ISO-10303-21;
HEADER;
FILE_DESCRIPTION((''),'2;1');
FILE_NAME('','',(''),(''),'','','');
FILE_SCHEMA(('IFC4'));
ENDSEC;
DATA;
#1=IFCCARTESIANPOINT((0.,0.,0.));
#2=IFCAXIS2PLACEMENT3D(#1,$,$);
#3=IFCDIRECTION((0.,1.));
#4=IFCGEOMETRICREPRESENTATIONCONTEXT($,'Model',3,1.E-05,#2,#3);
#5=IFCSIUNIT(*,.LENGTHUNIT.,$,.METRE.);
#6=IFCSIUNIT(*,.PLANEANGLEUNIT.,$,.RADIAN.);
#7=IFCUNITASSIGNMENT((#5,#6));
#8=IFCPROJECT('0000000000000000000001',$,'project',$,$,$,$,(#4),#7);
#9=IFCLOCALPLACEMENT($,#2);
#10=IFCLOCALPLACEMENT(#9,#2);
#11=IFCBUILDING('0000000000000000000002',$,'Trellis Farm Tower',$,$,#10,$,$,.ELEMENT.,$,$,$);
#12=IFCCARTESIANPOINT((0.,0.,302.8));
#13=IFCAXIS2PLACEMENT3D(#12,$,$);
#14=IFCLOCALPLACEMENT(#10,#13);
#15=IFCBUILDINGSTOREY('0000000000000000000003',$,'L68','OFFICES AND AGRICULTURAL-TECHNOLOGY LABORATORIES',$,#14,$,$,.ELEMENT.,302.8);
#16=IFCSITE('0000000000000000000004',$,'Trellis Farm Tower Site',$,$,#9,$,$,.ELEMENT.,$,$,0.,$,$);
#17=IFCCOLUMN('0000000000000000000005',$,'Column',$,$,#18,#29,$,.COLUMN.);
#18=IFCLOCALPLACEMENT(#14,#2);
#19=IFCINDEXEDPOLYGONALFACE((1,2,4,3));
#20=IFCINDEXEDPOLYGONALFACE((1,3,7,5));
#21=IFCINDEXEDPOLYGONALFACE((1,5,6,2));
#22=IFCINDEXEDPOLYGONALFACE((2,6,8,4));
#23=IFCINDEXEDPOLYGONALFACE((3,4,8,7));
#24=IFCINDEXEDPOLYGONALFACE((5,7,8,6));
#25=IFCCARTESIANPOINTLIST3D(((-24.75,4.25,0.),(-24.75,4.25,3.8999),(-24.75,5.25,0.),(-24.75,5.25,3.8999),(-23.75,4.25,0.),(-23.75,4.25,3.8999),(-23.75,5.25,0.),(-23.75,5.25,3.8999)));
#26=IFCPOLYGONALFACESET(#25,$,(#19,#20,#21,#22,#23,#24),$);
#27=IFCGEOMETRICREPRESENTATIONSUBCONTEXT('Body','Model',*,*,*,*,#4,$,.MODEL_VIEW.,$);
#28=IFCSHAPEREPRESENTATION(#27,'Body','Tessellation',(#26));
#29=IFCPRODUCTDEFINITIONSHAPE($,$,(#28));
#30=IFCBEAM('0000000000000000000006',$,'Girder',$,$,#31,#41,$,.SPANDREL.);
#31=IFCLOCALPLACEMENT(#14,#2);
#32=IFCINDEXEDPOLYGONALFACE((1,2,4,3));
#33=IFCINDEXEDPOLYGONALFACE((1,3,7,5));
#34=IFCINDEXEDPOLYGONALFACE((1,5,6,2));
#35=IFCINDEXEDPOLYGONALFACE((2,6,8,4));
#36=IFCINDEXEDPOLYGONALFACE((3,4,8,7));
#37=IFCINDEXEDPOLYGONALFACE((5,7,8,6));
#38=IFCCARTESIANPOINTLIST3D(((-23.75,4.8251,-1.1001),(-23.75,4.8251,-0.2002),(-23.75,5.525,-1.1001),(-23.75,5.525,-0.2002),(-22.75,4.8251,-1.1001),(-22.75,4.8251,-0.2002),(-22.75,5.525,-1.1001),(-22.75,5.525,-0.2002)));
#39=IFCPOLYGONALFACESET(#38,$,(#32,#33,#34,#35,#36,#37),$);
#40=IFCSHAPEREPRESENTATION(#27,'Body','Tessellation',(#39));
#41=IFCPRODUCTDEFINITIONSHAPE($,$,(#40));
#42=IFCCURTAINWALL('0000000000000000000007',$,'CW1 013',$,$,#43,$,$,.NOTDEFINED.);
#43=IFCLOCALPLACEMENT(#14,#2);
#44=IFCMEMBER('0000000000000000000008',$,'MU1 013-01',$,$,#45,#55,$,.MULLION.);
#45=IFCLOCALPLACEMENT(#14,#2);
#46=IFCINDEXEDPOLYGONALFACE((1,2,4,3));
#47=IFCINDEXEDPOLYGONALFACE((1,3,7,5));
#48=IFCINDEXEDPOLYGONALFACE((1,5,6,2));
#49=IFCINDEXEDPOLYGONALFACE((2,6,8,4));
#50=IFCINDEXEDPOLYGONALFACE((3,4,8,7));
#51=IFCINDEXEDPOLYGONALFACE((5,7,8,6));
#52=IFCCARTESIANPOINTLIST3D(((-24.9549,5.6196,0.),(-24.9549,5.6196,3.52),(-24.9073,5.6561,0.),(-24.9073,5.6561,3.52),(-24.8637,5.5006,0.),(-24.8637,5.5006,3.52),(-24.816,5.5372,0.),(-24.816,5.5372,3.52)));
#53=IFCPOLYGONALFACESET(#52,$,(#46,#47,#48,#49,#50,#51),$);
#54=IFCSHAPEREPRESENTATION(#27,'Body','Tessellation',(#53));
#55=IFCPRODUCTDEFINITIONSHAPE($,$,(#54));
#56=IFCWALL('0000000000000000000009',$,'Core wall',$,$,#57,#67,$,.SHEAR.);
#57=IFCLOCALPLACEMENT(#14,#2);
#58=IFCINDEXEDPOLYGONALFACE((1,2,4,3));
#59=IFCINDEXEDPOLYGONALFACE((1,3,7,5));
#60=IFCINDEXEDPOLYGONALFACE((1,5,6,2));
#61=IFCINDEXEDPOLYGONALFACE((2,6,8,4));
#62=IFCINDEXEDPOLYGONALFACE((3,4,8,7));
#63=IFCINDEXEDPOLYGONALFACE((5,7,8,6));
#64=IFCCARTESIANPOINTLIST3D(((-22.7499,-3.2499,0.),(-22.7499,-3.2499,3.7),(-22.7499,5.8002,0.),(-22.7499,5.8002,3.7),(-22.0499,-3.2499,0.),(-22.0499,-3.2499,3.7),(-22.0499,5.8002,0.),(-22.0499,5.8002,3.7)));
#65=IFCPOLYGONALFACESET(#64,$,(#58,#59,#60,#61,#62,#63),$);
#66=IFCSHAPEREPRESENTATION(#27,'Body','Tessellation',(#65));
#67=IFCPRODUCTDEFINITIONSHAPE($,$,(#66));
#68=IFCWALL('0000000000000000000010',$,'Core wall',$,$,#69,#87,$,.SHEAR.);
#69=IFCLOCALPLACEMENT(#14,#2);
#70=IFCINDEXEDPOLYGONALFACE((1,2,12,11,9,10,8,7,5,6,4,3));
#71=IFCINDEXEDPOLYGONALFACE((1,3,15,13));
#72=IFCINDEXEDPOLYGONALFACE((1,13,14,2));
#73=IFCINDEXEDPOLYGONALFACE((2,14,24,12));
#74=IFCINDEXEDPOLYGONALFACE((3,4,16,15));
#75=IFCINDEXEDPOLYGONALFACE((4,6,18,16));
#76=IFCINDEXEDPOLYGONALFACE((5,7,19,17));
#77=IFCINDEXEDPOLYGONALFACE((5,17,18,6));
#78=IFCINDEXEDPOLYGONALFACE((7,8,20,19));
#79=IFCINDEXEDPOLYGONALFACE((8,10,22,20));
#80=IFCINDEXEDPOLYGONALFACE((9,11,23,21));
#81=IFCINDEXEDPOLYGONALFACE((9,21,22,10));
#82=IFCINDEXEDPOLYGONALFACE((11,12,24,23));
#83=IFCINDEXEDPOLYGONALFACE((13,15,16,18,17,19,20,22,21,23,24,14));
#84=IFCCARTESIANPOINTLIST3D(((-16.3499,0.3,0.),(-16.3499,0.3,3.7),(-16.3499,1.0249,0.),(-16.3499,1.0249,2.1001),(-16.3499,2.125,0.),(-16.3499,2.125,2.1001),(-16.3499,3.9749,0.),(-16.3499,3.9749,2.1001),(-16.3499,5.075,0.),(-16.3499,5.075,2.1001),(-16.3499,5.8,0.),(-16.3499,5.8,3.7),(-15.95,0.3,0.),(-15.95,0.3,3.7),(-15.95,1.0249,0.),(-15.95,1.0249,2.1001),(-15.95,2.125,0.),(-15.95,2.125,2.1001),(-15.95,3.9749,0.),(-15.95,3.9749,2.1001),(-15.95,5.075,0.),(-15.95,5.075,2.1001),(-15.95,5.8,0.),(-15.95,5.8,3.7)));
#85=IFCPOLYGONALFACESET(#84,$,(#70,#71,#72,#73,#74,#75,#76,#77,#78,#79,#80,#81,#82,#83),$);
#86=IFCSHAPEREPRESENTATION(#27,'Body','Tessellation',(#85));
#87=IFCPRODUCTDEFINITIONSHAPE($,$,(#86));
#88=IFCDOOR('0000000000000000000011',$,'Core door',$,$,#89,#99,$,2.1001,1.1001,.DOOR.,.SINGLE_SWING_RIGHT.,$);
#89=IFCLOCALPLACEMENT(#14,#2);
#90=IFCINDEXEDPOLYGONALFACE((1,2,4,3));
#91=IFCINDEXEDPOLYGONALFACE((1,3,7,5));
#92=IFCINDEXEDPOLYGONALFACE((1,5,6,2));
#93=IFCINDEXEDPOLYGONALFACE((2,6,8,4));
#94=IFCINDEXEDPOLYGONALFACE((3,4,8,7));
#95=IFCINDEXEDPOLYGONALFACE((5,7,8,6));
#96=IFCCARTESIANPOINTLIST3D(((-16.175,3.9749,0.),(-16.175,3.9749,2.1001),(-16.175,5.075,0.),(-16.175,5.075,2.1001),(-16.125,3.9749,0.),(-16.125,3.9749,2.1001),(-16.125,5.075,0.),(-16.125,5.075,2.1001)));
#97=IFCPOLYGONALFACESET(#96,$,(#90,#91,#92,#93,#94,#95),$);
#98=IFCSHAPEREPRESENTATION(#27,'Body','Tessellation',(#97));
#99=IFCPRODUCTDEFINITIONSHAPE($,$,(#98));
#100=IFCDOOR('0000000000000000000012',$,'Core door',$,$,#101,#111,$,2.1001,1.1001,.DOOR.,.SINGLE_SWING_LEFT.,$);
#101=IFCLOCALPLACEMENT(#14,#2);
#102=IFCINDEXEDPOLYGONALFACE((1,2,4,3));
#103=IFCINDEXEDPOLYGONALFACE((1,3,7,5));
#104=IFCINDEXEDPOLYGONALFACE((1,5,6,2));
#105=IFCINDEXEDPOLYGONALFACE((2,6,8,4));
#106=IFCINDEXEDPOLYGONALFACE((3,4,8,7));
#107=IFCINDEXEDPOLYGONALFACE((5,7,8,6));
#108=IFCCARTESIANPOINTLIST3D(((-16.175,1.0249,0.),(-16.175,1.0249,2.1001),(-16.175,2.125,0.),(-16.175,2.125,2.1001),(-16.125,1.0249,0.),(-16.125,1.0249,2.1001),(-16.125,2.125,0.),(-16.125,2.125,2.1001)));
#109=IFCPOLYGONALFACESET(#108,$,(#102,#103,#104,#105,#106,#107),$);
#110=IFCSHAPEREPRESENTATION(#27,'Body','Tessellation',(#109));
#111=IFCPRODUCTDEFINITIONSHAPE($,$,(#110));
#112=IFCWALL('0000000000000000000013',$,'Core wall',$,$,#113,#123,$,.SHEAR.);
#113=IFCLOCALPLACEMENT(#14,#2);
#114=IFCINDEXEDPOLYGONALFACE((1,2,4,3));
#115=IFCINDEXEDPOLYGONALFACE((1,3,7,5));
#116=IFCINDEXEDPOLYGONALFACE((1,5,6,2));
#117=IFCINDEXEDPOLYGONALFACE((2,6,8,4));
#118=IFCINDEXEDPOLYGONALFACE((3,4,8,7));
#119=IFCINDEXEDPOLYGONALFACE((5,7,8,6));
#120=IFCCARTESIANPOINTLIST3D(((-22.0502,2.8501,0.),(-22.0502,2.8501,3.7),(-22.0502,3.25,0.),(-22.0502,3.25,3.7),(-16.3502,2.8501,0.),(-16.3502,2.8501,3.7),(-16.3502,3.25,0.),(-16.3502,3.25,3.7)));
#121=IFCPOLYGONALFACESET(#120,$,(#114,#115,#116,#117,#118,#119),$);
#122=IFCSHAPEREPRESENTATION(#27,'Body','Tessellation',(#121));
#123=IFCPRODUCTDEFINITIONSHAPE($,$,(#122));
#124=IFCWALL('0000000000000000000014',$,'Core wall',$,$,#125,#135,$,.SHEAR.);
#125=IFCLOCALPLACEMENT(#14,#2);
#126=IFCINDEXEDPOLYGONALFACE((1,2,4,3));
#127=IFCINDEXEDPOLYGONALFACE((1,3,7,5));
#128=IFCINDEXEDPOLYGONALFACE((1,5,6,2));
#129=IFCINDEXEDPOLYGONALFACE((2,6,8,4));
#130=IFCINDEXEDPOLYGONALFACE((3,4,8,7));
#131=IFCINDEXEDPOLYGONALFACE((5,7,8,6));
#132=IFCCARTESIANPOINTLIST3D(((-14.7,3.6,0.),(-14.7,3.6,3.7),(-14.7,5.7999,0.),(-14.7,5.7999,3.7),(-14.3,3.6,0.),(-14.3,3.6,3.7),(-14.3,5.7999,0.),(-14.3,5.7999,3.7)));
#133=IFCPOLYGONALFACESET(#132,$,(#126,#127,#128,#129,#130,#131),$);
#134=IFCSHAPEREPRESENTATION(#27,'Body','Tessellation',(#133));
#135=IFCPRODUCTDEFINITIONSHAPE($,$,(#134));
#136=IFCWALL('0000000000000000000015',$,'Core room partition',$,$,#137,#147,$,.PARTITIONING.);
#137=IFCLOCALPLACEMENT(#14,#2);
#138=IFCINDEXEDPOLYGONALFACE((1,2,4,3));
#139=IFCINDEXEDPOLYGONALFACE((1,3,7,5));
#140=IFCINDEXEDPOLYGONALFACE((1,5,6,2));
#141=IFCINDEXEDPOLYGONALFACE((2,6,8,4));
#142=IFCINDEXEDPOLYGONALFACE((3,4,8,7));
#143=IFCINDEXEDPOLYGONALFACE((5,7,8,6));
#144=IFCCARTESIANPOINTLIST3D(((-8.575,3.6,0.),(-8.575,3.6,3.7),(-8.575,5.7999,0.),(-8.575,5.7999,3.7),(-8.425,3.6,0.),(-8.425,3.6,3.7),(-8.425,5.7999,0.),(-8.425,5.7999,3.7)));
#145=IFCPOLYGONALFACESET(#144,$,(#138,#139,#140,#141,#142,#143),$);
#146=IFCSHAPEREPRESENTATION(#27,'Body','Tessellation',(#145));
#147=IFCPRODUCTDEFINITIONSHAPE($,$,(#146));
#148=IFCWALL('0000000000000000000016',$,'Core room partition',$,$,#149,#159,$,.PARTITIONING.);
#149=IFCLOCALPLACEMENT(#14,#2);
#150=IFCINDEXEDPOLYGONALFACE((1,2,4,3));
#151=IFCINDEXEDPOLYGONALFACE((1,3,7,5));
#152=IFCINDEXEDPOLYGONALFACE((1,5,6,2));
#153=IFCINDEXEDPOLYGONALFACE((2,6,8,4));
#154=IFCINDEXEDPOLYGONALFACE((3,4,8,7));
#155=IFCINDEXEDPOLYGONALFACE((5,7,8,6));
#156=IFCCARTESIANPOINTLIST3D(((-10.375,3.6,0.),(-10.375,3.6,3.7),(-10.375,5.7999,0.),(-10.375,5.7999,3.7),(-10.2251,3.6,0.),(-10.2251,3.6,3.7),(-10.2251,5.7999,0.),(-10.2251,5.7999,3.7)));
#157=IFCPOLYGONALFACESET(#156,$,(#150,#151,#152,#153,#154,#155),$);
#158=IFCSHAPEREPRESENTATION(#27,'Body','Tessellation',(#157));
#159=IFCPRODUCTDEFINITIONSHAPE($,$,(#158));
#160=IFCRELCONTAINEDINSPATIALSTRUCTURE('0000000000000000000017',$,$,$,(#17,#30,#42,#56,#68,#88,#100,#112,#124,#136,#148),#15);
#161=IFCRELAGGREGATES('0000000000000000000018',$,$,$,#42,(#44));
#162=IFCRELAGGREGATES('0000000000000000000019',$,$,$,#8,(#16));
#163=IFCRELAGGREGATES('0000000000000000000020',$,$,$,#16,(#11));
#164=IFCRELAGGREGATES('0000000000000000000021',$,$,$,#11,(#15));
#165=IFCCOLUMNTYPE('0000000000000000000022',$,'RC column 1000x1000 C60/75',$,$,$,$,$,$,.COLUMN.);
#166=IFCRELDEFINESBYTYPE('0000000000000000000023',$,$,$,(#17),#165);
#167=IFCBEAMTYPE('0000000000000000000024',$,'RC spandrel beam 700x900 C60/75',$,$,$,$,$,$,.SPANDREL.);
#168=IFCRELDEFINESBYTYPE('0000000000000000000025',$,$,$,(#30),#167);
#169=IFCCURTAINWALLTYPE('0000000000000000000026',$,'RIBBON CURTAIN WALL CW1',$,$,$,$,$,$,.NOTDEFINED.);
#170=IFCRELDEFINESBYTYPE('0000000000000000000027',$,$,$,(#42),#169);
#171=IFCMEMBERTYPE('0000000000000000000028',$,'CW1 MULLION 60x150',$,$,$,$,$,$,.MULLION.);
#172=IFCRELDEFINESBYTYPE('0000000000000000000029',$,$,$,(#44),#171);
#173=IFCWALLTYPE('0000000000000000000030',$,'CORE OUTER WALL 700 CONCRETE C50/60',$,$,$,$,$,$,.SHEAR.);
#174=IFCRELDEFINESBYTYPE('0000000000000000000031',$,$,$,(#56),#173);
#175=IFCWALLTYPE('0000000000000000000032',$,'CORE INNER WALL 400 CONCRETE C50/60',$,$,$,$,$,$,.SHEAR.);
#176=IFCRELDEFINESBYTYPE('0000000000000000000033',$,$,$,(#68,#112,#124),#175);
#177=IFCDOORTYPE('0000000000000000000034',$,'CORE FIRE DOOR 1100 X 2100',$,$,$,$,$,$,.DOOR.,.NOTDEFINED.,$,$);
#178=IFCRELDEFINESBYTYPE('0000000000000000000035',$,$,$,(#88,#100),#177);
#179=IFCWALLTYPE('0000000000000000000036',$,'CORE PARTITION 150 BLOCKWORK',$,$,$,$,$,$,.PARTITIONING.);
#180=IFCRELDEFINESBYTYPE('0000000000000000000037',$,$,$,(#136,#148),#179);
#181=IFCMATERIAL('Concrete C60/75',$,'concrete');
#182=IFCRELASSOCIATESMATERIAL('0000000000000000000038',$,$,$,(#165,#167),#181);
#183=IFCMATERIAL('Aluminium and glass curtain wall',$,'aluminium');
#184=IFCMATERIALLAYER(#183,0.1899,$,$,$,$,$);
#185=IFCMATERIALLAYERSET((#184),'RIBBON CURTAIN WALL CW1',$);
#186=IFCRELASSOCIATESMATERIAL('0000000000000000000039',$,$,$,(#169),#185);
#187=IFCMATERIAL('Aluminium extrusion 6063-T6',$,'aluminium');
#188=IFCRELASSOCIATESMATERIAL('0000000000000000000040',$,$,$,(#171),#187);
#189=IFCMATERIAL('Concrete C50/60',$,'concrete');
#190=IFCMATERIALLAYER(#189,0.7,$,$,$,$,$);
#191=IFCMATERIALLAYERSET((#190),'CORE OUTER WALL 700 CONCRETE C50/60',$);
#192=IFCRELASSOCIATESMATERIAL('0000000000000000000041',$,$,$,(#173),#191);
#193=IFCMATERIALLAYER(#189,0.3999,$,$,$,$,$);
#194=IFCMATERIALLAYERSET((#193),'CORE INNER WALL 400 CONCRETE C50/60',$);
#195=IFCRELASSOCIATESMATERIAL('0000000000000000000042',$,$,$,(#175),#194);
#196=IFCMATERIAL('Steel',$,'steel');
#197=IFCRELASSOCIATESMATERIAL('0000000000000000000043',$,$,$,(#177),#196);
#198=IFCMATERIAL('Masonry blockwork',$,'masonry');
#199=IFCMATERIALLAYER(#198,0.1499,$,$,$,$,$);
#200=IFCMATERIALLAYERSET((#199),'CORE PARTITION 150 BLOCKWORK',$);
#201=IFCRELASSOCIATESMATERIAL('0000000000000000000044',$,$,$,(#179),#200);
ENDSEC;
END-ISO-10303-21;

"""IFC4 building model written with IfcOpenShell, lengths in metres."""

from ifc_helpers import new_model, si_unit, direction, frame, frame_2d, origin, origin_2d, place, context, subcontext, project, spatial, rectangle, extrude, source, transform, mapped, material, layer, layer_set, material_profile, profile_set, type_object, element, fill, aggregate, save


model = new_model("IFC4")

# Units and contexts
model_context = context("Model", 3, precision=1e-05, world=origin(), true_north=direction((0.0, 1.0)))
body_context = subcontext(model_context, "Body", "Model", "MODEL_VIEW")
ifc_project = project(units=[si_unit("LENGTHUNIT", "METRE"), si_unit("PLANEANGLEUNIT", "RADIAN")], contexts=[model_context])

# Site, building, storey
site_placement = place(None, origin())
site = spatial("IfcSite", under=ifc_project, at=site_placement, Name="Trellis Farm Tower Site", CompositionType="ELEMENT", RefElevation=0.0)
building_placement = place(site_placement, origin())
building = spatial("IfcBuilding", under=site, at=building_placement, Name="Trellis Farm Tower", CompositionType="ELEMENT")
storey_placement = place(building_placement, frame((0.0, 0.0, 302.8)))
storey = spatial("IfcBuildingStorey", under=building, at=storey_placement, Name="L68", Description="OFFICES AND AGRICULTURAL-TECHNOLOGY LABORATORIES", CompositionType="ELEMENT", Elevation=302.8)

# Column
ifc_material_1 = material(Name="Concrete C60/75", Category="concrete")
ifc_material_profile_1 = material_profile(ifc_material_1, rectangle(XDim=1.0, YDim=1.0, at=origin_2d()), Name="RC column 1000x1000 C60/75")
ifc_profile_set_1 = profile_set([ifc_material_profile_1], Name="Concrete C60/75")
column_type = type_object("IfcColumnType", Name="RC column 1000x1000 C60/75", PredefinedType="COLUMN", material=ifc_profile_set_1)
shared_shape_1 = source(origin(), body_context, "Body", "SweptSolid", [
    extrude(rectangle(XDim=1.0, YDim=1.0, at=origin_2d()), origin(), (0.0, 0.0, 1.0), 3.8999),
])
column_placement = place(storey_placement, frame((-24.25, 4.75, 0.0), z_axis=(0.0, 0.0, 1.0), x_axis=(1.0, 0.0, 0.0)))
element("IfcColumn", 1, at=column_placement, inside=storey, type_object=column_type, Name="Column", PredefinedType="COLUMN", context=body_context, shape_type="MappedRepresentation", body=[
    mapped(shared_shape_1, transform((0.0, 0.0, 0.0))),
])

# Beam
ifc_material_profile_2 = material_profile(ifc_material_1, rectangle(XDim=0.7, YDim=0.8999, at=origin_2d()), Name="RC spandrel beam 700x900 C60/75")
ifc_profile_set_2 = profile_set([ifc_material_profile_2], Name="Concrete C60/75")
beam_type = type_object("IfcBeamType", Name="RC spandrel beam 700x900 C60/75", PredefinedType="SPANDREL", material=ifc_profile_set_2)
shared_shape_2 = source(origin(), body_context, "Body", "SweptSolid", [
    extrude(rectangle(XDim=0.7, YDim=0.8999, at=origin_2d()), origin(), (0.0, 0.0, 1.0), 1.0),
])
beam_placement = place(storey_placement, frame((-23.75, 5.175, -0.6501), z_axis=(1.0, 0.0, 0.0), x_axis=(0.0, 1.0, 0.0)))
element("IfcBeam", 2, at=beam_placement, inside=storey, type_object=beam_type, Name="Girder", PredefinedType="SPANDREL", context=body_context, shape_type="MappedRepresentation", body=[
    mapped(shared_shape_2, transform((0.0, 0.0, 0.0))),
])

# Curtain wall, member
ifc_material_2 = material(Name="Aluminium and glass curtain wall", Category="aluminium")
ifc_layer_1 = layer(ifc_material_2, 0.1899)
ifc_layer_set_1 = layer_set([ifc_layer_1], Name="RIBBON CURTAIN WALL CW1")
curtain_wall_type = type_object("IfcCurtainWallType", Name="RIBBON CURTAIN WALL CW1", PredefinedType="NOTDEFINED", material=ifc_layer_set_1)
placement = place(storey_placement, origin())
curtain_wall = element("IfcCurtainWall", 3, at=placement, inside=storey, type_object=curtain_wall_type, Name="CW1 013", PredefinedType="NOTDEFINED")
ifc_material_3 = material(Name="Aluminium extrusion 6063-T6", Category="aluminium")
ifc_material_profile_3 = material_profile(ifc_material_3, rectangle(XDim=0.0601, YDim=0.1499, at=origin_2d()), Name="MULLION 60x150")
ifc_profile_set_3 = profile_set([ifc_material_profile_3], Name="Aluminium extrusion 6063-T6")
member_type = type_object("IfcMemberType", Name="CW1 MULLION 60x150", PredefinedType="MULLION", material=ifc_profile_set_3)
shared_shape_3 = source(origin(), body_context, "Body", "SweptSolid", [
    extrude(rectangle(XDim=0.0601, YDim=0.1499, at=origin_2d()), origin(), (0.0, 0.0, 1.0), 3.52),
])
member_placement = place(storey_placement, frame((-24.8855, 5.5784, 0.0), z_axis=(0.0, 0.0, 1.0), x_axis=(-0.793353, -0.608761, 0.0)))
member = element("IfcMember", 4, at=member_placement, type_object=member_type, Name="MU1 013-01", PredefinedType="MULLION", context=body_context, shape_type="MappedRepresentation", body=[
    mapped(shared_shape_3, transform((0.0, 0.0, 0.0))),
])
aggregate(curtain_wall, [member])

# Wall
ifc_material_4 = material(Name="Concrete C50/60", Category="concrete")
ifc_layer_2 = layer(ifc_material_4, 0.7)
ifc_layer_set_2 = layer_set([ifc_layer_2], Name="CORE OUTER WALL 700 CONCRETE C50/60")
wall_type_1 = type_object("IfcWallType", Name="CORE OUTER WALL 700 CONCRETE C50/60", PredefinedType="SHEAR", material=ifc_layer_set_2)
shared_shape_4 = source(origin(), body_context, "Body", "SweptSolid", [
    extrude(rectangle(XDim=9.05, YDim=0.7, at=frame_2d((4.5249, 0.0))), origin(), (0.0, 0.0, 1.0), 3.7),
])
wall_1_placement = place(storey_placement, frame((-22.3999, 5.8, 0.0), z_axis=(0.0, 0.0, 1.0), x_axis=(0.0, -1.0, 0.0)))
element("IfcWall", 5, at=wall_1_placement, inside=storey, type_object=wall_type_1, Name="Core wall", PredefinedType="SHEAR", context=body_context, shape_type="MappedRepresentation", body=[
    mapped(shared_shape_4, transform((0.0, 0.0, 0.0))),
])

# Wall, openings, doors
ifc_layer_3 = layer(ifc_material_4, 0.3999)
ifc_layer_set_3 = layer_set([ifc_layer_3], Name="CORE INNER WALL 400 CONCRETE C50/60")
wall_type_2 = type_object("IfcWallType", Name="CORE INNER WALL 400 CONCRETE C50/60", PredefinedType="SHEAR", material=ifc_layer_set_3)
shared_shape_5 = source(origin(), body_context, "Body", "SweptSolid", [
    extrude(rectangle(XDim=5.5, YDim=0.3999, at=frame_2d((2.75, 0.0))), origin(), (0.0, 0.0, 1.0), 3.7),
])
wall_2_placement = place(storey_placement, frame((-16.1499, 5.8, 0.0), z_axis=(0.0, 0.0, 1.0), x_axis=(0.0, -1.0, 0.0)))
wall_2 = element("IfcWall", 6, at=wall_2_placement, inside=storey, type_object=wall_type_2, Name="Core wall", PredefinedType="SHEAR", context=body_context, shape_type="MappedRepresentation", body=[
    mapped(shared_shape_5, transform((0.0, 0.0, 0.0))),
])
shared_shape_6 = source(origin(), body_context, "Body", "SweptSolid", [
    extrude(rectangle(XDim=1.1001, YDim=2.1001, at=frame_2d((0.55, 1.05))), frame((0.0, 0.21, 0.0), z_axis=(0.0, -1.0, 0.0), x_axis=(1.0, 0.0, 0.0)), (0.0, 0.0, 1.0), 0.4199),
])
opening_1_placement = place(wall_2_placement, frame((0.7251, 0.0, 0.0)))
opening_1 = element("IfcOpeningElement", 7, at=opening_1_placement, cuts=wall_2, PredefinedType="OPENING", context=body_context, shape_type="MappedRepresentation", body=[
    mapped(shared_shape_6, transform((0.0, 0.0, 0.0))),
])
opening_2_placement = place(wall_2_placement, frame((3.675, 0.0, 0.0)))
opening_2 = element("IfcOpeningElement", 8, at=opening_2_placement, cuts=wall_2, PredefinedType="OPENING", context=body_context, shape_type="MappedRepresentation", body=[
    mapped(shared_shape_6, transform((0.0, 0.0, 0.0))),
])
ifc_material_5 = material(Name="Steel", Category="steel")
door_type = type_object("IfcDoorType", Name="CORE FIRE DOOR 1100 X 2100", OperationType="NOTDEFINED", PredefinedType="DOOR", material=ifc_material_5)
shared_shape_7 = source(origin(), body_context, "Body", "SweptSolid", [
    extrude(rectangle(XDim=1.1001, YDim=2.1001, at=frame_2d((0.55, 1.05))), frame((0.0, 0.0249, 0.0), z_axis=(0.0, -1.0, 0.0), x_axis=(1.0, 0.0, 0.0)), (0.0, 0.0, 1.0), 0.05),
])
door_1_placement = place(opening_1_placement, origin())
door_1 = element("IfcDoor", 9, at=door_1_placement, inside=storey, type_object=door_type, Name="Core door", OperationType="SINGLE_SWING_RIGHT", OverallHeight=2.1001, OverallWidth=1.1001, PredefinedType="DOOR", context=body_context, shape_type="MappedRepresentation", body=[
    mapped(shared_shape_7, transform((0.0, 0.0, 0.0))),
])
fill(opening_1, door_1)
door_2_placement = place(opening_2_placement, origin())
door_2 = element("IfcDoor", 10, at=door_2_placement, inside=storey, type_object=door_type, Name="Core door", OperationType="SINGLE_SWING_LEFT", OverallHeight=2.1001, OverallWidth=1.1001, PredefinedType="DOOR", context=body_context, shape_type="MappedRepresentation", body=[
    mapped(shared_shape_7, transform((0.0, 0.0, 0.0))),
])
fill(opening_2, door_2)

# Walls
shared_shape_8 = source(origin(), body_context, "Body", "SweptSolid", [
    extrude(rectangle(XDim=5.7, YDim=0.3999, at=frame_2d((2.8501, 0.0))), origin(), (0.0, 0.0, 1.0), 3.7),
])
wall_3_placement = place(storey_placement, frame((-16.3501, 3.05, 0.0), z_axis=(0.0, 0.0, 1.0), x_axis=(-1.0, 0.0, 0.0)))
element("IfcWall", 11, at=wall_3_placement, inside=storey, type_object=wall_type_2, Name="Core wall", PredefinedType="SHEAR", context=body_context, shape_type="MappedRepresentation", body=[
    mapped(shared_shape_8, transform((0.0, 0.0, 0.0))),
])
shared_shape_9 = source(origin(), body_context, "Body", "SweptSolid", [
    extrude(rectangle(XDim=2.2, YDim=0.3999, at=frame_2d((1.1001, 0.0))), origin(), (0.0, 0.0, 1.0), 3.7),
])
wall_4_placement = place(storey_placement, frame((-14.5, 5.8, 0.0), z_axis=(0.0, 0.0, 1.0), x_axis=(0.0, -1.0, 0.0)))
element("IfcWall", 12, at=wall_4_placement, inside=storey, type_object=wall_type_2, Name="Core wall", PredefinedType="SHEAR", context=body_context, shape_type="MappedRepresentation", body=[
    mapped(shared_shape_9, transform((0.0, 0.0, 0.0))),
])
ifc_material_6 = material(Name="Masonry blockwork", Category="masonry")
ifc_layer_4 = layer(ifc_material_6, 0.1499)
ifc_layer_set_4 = layer_set([ifc_layer_4], Name="CORE PARTITION 150 BLOCKWORK")
wall_type_3 = type_object("IfcWallType", Name="CORE PARTITION 150 BLOCKWORK", PredefinedType="PARTITIONING", material=ifc_layer_set_4)
shared_shape_10 = source(origin(), body_context, "Body", "SweptSolid", [
    extrude(rectangle(XDim=2.2, YDim=0.1499, at=frame_2d((1.1001, 0.0))), origin(), (0.0, 0.0, 1.0), 3.7),
])
for number, where, z_axis, x_axis, name in (
    (13, (-8.5, 5.8, 0.0), (0.0, 0.0, 1.0), (0.0, -1.0, 0.0), "Core room partition"),
    (14, (-10.3, 5.8, 0.0), (0.0, 0.0, 1.0), (0.0, -1.0, 0.0), "Core room partition"),
):
    element("IfcWall", number, at=place(storey_placement, frame(where, z_axis=z_axis, x_axis=x_axis)), inside=storey, type_object=wall_type_3, Name=name, PredefinedType="PARTITIONING", context=body_context, shape_type="MappedRepresentation", body=[
        mapped(shared_shape_10, transform((0.0, 0.0, 0.0))),
    ])

save(model, "model.ifc")
